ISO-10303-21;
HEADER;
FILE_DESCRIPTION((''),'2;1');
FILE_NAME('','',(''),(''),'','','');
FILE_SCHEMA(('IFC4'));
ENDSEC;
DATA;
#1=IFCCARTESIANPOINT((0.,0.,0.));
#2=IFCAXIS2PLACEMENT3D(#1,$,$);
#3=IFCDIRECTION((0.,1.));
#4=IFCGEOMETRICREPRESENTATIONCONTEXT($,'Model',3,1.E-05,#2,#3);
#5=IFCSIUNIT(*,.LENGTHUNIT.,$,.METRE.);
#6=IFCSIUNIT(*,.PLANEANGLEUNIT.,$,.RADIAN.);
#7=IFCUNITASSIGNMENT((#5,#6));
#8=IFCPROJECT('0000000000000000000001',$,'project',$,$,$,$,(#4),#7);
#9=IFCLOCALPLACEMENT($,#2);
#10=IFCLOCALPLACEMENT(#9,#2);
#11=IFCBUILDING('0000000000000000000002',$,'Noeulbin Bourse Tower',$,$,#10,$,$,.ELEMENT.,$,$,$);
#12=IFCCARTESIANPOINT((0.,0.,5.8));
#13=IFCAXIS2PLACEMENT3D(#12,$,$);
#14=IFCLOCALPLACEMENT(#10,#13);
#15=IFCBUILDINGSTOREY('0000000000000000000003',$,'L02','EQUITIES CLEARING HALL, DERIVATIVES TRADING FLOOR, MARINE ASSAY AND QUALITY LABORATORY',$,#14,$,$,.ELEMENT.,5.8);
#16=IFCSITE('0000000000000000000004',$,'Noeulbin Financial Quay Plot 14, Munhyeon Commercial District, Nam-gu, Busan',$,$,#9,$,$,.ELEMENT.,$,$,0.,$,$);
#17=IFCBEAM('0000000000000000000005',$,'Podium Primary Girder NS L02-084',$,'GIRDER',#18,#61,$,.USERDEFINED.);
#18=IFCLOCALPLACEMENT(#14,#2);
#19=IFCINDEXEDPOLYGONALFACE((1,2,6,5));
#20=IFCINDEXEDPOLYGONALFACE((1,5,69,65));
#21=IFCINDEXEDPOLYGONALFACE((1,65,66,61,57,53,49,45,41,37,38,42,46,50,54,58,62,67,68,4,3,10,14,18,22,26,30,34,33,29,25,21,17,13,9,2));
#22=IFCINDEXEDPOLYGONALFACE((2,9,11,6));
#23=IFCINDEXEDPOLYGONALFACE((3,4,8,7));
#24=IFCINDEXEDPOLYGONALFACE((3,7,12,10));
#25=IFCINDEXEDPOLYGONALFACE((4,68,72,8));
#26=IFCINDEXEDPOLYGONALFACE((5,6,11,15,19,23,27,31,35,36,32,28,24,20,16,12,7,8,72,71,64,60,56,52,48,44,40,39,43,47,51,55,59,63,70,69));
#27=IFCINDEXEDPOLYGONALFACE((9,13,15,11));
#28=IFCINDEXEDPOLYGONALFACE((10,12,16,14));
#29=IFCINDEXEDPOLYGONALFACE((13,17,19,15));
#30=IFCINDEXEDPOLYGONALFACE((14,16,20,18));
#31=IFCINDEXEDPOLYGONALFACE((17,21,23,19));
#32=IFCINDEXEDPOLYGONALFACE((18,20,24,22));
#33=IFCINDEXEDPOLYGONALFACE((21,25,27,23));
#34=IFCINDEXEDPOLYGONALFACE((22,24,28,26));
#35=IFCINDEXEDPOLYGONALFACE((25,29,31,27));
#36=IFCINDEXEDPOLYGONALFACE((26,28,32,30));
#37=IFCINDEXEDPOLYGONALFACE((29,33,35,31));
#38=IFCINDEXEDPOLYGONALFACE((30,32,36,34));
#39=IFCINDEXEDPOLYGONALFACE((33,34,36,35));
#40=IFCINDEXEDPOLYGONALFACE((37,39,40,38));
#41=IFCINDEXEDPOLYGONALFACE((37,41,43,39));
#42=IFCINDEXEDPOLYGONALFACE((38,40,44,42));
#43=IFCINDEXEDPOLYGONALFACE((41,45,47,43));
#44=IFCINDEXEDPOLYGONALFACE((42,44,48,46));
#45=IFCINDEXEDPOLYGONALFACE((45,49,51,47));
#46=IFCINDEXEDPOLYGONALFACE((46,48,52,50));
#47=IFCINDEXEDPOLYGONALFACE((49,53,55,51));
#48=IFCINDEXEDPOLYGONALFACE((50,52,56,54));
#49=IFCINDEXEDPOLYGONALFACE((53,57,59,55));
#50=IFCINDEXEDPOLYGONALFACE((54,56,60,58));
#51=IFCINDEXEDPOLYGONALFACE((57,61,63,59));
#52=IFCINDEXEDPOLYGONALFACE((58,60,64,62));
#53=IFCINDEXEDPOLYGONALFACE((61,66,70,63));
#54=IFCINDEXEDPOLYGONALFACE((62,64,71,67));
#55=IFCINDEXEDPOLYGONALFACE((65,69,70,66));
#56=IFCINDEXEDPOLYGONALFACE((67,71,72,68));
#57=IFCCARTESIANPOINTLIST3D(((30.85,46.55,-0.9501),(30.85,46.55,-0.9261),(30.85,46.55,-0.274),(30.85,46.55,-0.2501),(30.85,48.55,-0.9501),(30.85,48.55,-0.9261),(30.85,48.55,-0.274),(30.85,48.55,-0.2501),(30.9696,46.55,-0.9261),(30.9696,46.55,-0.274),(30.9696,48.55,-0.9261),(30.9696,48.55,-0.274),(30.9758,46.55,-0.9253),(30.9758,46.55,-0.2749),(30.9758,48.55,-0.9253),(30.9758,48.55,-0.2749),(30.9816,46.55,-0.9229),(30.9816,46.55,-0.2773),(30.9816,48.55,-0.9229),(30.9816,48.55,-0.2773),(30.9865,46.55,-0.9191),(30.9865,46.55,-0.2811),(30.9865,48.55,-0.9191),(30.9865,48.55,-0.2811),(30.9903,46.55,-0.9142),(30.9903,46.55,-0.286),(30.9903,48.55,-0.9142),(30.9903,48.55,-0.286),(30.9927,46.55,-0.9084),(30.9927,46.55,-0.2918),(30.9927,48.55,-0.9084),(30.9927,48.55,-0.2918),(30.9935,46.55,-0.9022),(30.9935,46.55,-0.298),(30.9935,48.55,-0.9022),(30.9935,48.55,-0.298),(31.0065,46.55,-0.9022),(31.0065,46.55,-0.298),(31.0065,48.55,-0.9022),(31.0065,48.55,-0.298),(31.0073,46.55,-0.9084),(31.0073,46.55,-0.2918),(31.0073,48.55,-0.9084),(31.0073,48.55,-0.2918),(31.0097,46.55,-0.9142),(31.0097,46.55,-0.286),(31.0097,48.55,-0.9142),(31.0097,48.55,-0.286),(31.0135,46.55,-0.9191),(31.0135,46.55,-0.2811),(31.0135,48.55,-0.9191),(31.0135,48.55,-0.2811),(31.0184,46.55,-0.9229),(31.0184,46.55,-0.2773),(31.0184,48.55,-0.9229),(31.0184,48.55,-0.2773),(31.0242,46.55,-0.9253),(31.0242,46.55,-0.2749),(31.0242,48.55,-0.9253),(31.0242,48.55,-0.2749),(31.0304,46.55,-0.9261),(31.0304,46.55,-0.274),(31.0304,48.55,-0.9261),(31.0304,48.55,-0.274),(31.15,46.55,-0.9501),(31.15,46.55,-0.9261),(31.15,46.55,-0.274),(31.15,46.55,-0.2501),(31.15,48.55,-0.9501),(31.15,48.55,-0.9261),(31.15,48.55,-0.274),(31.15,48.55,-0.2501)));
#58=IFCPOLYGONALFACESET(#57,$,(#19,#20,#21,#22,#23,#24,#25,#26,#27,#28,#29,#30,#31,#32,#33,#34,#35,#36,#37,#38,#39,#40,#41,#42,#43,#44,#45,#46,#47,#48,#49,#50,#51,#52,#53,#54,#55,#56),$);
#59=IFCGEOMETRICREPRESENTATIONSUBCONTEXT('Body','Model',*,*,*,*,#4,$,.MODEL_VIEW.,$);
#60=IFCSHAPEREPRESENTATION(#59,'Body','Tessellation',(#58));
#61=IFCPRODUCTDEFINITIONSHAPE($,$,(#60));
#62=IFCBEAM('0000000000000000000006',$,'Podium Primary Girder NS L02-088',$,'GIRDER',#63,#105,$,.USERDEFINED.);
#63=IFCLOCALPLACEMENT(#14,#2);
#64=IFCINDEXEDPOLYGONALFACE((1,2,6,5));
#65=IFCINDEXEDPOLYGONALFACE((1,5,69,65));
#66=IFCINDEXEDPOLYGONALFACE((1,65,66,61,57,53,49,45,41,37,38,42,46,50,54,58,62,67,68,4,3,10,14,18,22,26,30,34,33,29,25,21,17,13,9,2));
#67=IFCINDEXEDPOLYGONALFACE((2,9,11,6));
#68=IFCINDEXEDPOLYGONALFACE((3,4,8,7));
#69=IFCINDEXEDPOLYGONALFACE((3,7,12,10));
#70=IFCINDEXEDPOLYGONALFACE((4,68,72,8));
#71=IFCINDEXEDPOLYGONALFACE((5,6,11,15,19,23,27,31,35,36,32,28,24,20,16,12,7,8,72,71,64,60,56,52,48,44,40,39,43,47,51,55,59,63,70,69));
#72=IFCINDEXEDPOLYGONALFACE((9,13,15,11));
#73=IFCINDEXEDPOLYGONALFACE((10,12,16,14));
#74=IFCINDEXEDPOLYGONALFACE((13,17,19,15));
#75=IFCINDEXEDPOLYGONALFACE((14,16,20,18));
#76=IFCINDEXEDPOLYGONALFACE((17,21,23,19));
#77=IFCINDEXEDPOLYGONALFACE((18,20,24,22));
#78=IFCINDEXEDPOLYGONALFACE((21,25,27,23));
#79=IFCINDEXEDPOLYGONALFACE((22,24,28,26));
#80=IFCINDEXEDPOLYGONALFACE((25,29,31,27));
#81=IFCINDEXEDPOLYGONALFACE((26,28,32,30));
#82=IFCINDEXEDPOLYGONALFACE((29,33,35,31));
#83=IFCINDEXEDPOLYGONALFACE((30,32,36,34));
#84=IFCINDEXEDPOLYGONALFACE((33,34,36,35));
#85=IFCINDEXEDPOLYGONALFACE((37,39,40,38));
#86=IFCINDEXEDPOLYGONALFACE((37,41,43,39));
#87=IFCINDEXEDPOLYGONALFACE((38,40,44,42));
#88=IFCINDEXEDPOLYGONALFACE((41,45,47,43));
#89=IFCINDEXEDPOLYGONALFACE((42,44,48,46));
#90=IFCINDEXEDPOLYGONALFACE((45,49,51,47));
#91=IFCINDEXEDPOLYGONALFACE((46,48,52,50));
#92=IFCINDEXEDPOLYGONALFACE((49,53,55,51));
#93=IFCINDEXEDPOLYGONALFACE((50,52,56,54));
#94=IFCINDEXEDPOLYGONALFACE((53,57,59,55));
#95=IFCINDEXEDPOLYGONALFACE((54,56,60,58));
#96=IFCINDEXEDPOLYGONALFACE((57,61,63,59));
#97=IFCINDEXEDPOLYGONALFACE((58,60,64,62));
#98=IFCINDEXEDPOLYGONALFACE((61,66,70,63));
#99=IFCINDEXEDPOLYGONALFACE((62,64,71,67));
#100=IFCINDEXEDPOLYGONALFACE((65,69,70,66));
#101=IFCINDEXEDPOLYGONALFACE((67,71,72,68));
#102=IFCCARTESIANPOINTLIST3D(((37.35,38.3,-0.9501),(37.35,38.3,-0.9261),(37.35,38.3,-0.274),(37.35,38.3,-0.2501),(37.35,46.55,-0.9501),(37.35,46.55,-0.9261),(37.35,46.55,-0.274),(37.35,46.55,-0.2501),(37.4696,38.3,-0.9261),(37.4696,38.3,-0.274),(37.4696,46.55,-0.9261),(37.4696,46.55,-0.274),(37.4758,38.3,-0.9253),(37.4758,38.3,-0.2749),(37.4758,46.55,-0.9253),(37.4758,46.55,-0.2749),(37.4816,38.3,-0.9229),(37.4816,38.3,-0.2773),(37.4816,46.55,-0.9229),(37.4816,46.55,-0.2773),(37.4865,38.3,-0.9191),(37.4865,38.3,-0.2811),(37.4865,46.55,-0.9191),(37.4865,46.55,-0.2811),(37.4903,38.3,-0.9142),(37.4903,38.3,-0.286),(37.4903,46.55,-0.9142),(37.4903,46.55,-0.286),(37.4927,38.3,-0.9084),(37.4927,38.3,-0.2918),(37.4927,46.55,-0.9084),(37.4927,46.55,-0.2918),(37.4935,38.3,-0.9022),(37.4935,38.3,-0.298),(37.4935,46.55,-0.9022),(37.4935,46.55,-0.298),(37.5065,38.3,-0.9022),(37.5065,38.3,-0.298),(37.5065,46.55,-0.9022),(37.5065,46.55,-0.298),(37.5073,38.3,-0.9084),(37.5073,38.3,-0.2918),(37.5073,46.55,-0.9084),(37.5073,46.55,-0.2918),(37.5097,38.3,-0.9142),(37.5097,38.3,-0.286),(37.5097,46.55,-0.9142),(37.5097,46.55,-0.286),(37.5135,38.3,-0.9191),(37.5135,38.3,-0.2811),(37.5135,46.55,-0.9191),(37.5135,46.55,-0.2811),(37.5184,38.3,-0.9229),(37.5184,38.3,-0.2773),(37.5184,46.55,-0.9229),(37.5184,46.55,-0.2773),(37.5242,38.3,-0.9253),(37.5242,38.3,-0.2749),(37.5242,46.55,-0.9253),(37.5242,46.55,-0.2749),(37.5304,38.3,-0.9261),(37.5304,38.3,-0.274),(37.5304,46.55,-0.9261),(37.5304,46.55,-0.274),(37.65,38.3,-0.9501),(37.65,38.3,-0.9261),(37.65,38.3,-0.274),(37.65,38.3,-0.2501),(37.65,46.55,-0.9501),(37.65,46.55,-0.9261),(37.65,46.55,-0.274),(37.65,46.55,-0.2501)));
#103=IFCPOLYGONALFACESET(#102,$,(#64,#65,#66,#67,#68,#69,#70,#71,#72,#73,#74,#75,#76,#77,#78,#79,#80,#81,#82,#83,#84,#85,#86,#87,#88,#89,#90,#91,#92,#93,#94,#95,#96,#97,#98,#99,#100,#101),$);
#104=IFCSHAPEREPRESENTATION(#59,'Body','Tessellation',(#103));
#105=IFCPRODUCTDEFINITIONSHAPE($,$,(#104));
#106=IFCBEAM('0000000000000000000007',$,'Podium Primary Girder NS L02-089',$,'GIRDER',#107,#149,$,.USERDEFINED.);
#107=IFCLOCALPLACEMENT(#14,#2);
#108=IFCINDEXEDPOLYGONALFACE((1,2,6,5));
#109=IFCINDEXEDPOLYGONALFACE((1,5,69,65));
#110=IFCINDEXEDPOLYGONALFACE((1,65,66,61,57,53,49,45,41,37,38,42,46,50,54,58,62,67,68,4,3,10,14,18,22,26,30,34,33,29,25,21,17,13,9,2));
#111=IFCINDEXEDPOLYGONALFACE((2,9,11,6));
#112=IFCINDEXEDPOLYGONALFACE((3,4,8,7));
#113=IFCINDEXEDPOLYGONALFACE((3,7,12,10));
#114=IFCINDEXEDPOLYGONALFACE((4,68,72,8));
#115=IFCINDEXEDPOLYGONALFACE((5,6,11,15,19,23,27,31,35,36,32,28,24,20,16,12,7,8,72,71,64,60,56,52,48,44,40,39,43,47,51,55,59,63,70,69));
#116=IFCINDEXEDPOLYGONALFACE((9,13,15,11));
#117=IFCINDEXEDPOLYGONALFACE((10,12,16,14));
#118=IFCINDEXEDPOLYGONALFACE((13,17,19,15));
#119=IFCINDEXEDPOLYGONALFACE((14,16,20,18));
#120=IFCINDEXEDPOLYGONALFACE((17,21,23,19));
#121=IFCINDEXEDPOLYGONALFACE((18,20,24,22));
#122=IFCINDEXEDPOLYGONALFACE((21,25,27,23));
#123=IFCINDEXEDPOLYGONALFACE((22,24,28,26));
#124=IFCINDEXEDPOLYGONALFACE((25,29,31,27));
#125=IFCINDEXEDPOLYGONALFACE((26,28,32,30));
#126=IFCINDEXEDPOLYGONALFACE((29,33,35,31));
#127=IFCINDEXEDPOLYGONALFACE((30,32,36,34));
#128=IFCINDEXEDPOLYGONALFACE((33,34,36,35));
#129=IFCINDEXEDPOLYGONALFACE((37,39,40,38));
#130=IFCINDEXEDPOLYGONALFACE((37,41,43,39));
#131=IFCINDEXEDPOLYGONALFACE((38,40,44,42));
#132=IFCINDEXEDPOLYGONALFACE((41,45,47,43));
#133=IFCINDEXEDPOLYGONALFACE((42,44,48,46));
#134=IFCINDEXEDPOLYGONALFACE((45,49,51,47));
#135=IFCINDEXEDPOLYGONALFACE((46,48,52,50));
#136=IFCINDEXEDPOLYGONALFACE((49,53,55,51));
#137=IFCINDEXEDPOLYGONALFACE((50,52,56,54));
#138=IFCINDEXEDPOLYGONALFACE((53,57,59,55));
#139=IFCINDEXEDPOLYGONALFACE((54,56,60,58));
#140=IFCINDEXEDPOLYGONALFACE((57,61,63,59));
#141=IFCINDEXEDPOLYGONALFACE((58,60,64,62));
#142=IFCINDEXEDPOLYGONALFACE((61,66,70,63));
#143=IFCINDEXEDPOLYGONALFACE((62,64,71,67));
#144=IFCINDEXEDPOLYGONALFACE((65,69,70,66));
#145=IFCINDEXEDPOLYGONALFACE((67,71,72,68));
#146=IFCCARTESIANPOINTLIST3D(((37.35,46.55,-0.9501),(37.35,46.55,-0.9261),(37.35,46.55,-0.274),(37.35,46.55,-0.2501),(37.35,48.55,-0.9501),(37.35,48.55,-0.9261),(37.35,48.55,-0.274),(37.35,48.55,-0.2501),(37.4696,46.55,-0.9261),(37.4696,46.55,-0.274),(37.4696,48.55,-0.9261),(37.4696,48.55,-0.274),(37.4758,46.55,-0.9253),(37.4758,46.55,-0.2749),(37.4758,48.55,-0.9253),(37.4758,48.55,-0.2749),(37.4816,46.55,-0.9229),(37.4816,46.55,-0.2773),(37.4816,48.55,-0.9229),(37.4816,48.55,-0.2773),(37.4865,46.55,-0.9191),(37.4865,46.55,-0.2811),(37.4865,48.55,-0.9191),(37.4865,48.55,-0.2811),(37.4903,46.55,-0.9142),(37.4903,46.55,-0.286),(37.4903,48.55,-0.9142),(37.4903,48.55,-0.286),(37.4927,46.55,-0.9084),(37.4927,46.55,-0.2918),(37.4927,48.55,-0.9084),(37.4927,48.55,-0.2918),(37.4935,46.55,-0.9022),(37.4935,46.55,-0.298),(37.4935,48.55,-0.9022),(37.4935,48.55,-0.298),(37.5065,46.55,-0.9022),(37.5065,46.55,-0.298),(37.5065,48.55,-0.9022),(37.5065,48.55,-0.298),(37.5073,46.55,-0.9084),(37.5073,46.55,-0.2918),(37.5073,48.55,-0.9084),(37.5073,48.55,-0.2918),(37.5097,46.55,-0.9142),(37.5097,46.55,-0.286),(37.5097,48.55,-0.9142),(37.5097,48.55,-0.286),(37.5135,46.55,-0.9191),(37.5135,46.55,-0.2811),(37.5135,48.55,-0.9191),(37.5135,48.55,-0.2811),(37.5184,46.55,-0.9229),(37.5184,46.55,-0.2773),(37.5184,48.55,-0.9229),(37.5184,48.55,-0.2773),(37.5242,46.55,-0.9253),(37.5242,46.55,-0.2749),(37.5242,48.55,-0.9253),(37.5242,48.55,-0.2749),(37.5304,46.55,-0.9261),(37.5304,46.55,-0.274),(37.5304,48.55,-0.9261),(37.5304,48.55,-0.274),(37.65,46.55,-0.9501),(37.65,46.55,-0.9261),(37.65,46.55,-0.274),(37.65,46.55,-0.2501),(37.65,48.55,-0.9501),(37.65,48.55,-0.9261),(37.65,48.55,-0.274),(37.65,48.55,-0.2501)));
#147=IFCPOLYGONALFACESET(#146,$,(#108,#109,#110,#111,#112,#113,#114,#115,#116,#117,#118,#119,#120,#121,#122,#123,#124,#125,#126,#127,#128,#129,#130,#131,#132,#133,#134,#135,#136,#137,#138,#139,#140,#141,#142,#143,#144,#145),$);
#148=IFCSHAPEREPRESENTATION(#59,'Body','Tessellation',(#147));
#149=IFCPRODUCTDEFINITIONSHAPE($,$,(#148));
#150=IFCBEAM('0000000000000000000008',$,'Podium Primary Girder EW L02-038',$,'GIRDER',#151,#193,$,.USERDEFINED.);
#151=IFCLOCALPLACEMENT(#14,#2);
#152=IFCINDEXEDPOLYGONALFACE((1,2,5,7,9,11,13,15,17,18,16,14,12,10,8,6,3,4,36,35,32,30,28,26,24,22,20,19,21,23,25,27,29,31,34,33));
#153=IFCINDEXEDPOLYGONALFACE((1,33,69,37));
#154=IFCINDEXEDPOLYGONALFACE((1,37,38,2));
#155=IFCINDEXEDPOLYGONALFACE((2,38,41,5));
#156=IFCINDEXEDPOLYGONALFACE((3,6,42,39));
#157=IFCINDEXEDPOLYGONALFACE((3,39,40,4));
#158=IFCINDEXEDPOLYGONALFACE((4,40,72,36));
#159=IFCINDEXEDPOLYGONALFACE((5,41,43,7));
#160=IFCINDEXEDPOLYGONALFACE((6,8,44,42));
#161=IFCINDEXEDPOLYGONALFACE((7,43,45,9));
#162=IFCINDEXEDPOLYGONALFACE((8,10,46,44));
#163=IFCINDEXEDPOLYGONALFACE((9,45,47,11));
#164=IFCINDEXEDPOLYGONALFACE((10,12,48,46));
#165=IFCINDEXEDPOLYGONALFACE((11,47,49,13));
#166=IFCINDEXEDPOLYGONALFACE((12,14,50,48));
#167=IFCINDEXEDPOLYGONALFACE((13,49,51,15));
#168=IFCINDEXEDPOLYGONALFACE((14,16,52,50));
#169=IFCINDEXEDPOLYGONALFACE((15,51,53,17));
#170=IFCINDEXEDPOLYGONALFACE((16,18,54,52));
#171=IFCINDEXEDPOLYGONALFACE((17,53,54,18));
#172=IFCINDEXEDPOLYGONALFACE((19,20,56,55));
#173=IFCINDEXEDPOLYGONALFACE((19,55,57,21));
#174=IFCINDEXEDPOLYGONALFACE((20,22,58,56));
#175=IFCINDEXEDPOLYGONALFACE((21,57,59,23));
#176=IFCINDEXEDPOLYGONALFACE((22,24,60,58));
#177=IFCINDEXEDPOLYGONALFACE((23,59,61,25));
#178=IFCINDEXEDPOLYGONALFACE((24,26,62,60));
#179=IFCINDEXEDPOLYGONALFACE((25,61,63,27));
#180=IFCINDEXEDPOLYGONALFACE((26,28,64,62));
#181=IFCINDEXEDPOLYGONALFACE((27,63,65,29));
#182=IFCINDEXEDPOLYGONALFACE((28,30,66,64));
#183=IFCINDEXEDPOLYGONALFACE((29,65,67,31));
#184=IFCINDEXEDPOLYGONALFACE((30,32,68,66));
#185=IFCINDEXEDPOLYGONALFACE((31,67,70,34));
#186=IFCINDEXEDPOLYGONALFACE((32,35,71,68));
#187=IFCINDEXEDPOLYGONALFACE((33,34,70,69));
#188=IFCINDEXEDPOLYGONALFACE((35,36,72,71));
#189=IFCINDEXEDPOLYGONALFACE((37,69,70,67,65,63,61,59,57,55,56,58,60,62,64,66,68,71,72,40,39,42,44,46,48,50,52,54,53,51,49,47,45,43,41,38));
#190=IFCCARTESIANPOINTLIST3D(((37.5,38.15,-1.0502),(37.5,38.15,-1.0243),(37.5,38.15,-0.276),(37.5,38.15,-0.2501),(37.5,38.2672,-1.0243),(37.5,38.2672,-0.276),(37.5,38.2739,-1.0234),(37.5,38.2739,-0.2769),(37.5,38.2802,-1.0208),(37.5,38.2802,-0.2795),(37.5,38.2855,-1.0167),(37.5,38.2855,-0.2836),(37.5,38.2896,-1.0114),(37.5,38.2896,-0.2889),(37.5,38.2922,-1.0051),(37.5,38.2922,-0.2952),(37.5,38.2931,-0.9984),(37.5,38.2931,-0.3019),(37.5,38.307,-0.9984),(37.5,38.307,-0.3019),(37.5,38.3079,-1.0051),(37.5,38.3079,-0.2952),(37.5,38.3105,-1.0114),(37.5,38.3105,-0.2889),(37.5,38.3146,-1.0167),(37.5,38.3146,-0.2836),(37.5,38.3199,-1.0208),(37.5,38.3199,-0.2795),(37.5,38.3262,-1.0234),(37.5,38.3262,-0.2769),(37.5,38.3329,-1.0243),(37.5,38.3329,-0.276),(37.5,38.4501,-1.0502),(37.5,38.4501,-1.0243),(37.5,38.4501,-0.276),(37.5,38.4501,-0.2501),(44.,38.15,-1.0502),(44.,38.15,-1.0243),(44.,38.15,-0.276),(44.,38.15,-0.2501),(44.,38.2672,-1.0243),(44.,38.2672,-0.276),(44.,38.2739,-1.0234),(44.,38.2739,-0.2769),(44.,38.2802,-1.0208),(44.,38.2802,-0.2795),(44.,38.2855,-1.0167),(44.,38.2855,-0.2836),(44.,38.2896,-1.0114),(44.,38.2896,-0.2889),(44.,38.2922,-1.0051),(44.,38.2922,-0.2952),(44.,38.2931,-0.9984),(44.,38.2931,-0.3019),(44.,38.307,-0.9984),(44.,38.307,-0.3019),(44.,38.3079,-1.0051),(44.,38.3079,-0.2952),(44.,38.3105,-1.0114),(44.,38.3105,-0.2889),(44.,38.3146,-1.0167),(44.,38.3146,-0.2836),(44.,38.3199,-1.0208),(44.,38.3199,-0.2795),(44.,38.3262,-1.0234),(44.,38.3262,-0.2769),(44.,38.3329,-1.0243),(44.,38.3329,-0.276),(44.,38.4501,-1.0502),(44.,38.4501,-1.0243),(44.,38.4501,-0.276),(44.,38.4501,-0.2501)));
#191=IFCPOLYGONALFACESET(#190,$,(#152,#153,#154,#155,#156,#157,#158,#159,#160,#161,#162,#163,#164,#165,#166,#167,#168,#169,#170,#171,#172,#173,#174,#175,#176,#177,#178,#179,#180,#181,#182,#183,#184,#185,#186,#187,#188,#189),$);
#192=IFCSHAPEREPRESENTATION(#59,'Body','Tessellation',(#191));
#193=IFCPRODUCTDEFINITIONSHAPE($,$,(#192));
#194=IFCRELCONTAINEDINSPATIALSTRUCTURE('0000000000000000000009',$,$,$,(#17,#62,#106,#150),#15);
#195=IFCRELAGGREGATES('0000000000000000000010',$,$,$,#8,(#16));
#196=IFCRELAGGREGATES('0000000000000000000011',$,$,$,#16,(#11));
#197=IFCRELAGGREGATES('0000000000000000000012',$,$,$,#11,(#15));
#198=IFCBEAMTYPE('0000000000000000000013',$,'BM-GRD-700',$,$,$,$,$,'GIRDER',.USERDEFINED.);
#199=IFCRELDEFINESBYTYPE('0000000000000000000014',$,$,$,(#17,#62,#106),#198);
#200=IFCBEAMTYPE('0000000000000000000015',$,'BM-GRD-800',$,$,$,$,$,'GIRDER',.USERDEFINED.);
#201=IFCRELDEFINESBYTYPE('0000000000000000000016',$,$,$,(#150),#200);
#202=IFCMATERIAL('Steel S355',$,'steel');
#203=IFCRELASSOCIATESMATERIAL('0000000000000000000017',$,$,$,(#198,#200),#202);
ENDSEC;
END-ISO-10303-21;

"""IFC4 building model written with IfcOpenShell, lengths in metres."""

from ifc_helpers import new_model, si_unit, direction, frame, origin, origin_2d, place, context, subcontext, project, spatial, i_section, extrude, material, material_profile, profile_set, type_object, element, save


model = new_model("IFC4")

# Units and contexts
model_context = context("Model", 3, precision=1e-05, world=origin(), true_north=direction((0.0, 1.0)))
body_context = subcontext(model_context, "Body", "Model", "MODEL_VIEW")
ifc_project = project(units=[si_unit("LENGTHUNIT", "METRE"), si_unit("PLANEANGLEUNIT", "RADIAN")], contexts=[model_context])

# Site, building, storey
site_placement = place(None, origin())
site = spatial("IfcSite", under=ifc_project, at=site_placement, Name="Noeulbin Financial Quay Plot 14, Munhyeon Commercial District, Nam-gu, Busan", CompositionType="ELEMENT", RefElevation=0.0)
building_placement = place(site_placement, origin())
building = spatial("IfcBuilding", under=site, at=building_placement, Name="Noeulbin Bourse Tower", CompositionType="ELEMENT")
storey_placement = place(building_placement, frame((0.0, 0.0, 5.8)))
storey = spatial("IfcBuildingStorey", under=building, at=storey_placement, Name="L02", Description="EQUITIES CLEARING HALL, DERIVATIVES TRADING FLOOR, MARINE ASSAY AND QUALITY LABORATORY", CompositionType="ELEMENT", Elevation=5.8)

# Beams
ifc_material_1 = material(Name="Steel S355", Category="steel")
ifc_material_profile_1 = material_profile(ifc_material_1, i_section(OverallWidth=0.3, OverallDepth=0.7, WebThickness=0.0129, FlangeThickness=0.0239, FilletRadius=0.0239, at=origin_2d()), Name="H-700x300x13x24", Category="LoadBearing")
ifc_profile_set_1 = profile_set([ifc_material_profile_1], Name="Steel S355")
beam_type_1 = type_object("IfcBeamType", Name="BM-GRD-700", ElementType="GIRDER", PredefinedType="USERDEFINED", material=ifc_profile_set_1)
beam_1_placement = place(storey_placement, frame((31.0, 46.55, -0.6001), z_axis=(0.0, 1.0, 0.0), x_axis=(-1.0, 0.0, 0.0)))
element("IfcBeam", 1, at=beam_1_placement, inside=storey, type_object=beam_type_1, Name="Podium Primary Girder NS L02-084", ObjectType="GIRDER", PredefinedType="USERDEFINED", context=body_context, shape_type="SweptSolid", body=[
    extrude(i_section(OverallWidth=0.3, OverallDepth=0.7, WebThickness=0.0129, FlangeThickness=0.0239, FilletRadius=0.0239, at=origin_2d()), origin(), (0.0, 0.0, 1.0), 2.0),
])
beam_2_placement = place(storey_placement, frame((37.5, 38.3, -0.6001), z_axis=(0.0, 1.0, 0.0), x_axis=(-1.0, 0.0, 0.0)))
element("IfcBeam", 2, at=beam_2_placement, inside=storey, type_object=beam_type_1, Name="Podium Primary Girder NS L02-088", ObjectType="GIRDER", PredefinedType="USERDEFINED", context=body_context, shape_type="SweptSolid", body=[
    extrude(i_section(OverallWidth=0.3, OverallDepth=0.7, WebThickness=0.0129, FlangeThickness=0.0239, FilletRadius=0.0239, at=origin_2d()), origin(), (0.0, 0.0, 1.0), 8.25),
])
beam_3_placement = place(storey_placement, frame((37.5, 46.55, -0.6001), z_axis=(0.0, 1.0, 0.0), x_axis=(-1.0, 0.0, 0.0)))
element("IfcBeam", 3, at=beam_3_placement, inside=storey, type_object=beam_type_1, Name="Podium Primary Girder NS L02-089", ObjectType="GIRDER", PredefinedType="USERDEFINED", context=body_context, shape_type="SweptSolid", body=[
    extrude(i_section(OverallWidth=0.3, OverallDepth=0.7, WebThickness=0.0129, FlangeThickness=0.0239, FilletRadius=0.0239, at=origin_2d()), origin(), (0.0, 0.0, 1.0), 2.0),
])
ifc_material_profile_2 = material_profile(ifc_material_1, i_section(OverallWidth=0.3, OverallDepth=0.8, WebThickness=0.0139, FlangeThickness=0.0259, FilletRadius=0.0259, at=origin_2d()), Name="H-800x300x14x26", Category="LoadBearing")
ifc_profile_set_2 = profile_set([ifc_material_profile_2], Name="Steel S355")
beam_type_2 = type_object("IfcBeamType", Name="BM-GRD-800", ElementType="GIRDER", PredefinedType="USERDEFINED", material=ifc_profile_set_2)
for number, where, z_axis, x_axis, name in (
    (4, (37.5, 38.3, -0.6501), (1.0, 0.0, 0.0), (0.0, 1.0, 0.0), "Podium Primary Girder EW L02-038"),
):
    element("IfcBeam", number, at=place(storey_placement, frame(where, z_axis=z_axis, x_axis=x_axis)), inside=storey, type_object=beam_type_2, Name=name, ObjectType="GIRDER", PredefinedType="USERDEFINED", context=body_context, shape_type="SweptSolid", body=[
        extrude(i_section(OverallWidth=0.3, OverallDepth=0.8, WebThickness=0.0139, FlangeThickness=0.0259, FilletRadius=0.0259, at=origin_2d()), origin(), (0.0, 0.0, 1.0), 6.5),
    ])

save(model, "model.ifc")
